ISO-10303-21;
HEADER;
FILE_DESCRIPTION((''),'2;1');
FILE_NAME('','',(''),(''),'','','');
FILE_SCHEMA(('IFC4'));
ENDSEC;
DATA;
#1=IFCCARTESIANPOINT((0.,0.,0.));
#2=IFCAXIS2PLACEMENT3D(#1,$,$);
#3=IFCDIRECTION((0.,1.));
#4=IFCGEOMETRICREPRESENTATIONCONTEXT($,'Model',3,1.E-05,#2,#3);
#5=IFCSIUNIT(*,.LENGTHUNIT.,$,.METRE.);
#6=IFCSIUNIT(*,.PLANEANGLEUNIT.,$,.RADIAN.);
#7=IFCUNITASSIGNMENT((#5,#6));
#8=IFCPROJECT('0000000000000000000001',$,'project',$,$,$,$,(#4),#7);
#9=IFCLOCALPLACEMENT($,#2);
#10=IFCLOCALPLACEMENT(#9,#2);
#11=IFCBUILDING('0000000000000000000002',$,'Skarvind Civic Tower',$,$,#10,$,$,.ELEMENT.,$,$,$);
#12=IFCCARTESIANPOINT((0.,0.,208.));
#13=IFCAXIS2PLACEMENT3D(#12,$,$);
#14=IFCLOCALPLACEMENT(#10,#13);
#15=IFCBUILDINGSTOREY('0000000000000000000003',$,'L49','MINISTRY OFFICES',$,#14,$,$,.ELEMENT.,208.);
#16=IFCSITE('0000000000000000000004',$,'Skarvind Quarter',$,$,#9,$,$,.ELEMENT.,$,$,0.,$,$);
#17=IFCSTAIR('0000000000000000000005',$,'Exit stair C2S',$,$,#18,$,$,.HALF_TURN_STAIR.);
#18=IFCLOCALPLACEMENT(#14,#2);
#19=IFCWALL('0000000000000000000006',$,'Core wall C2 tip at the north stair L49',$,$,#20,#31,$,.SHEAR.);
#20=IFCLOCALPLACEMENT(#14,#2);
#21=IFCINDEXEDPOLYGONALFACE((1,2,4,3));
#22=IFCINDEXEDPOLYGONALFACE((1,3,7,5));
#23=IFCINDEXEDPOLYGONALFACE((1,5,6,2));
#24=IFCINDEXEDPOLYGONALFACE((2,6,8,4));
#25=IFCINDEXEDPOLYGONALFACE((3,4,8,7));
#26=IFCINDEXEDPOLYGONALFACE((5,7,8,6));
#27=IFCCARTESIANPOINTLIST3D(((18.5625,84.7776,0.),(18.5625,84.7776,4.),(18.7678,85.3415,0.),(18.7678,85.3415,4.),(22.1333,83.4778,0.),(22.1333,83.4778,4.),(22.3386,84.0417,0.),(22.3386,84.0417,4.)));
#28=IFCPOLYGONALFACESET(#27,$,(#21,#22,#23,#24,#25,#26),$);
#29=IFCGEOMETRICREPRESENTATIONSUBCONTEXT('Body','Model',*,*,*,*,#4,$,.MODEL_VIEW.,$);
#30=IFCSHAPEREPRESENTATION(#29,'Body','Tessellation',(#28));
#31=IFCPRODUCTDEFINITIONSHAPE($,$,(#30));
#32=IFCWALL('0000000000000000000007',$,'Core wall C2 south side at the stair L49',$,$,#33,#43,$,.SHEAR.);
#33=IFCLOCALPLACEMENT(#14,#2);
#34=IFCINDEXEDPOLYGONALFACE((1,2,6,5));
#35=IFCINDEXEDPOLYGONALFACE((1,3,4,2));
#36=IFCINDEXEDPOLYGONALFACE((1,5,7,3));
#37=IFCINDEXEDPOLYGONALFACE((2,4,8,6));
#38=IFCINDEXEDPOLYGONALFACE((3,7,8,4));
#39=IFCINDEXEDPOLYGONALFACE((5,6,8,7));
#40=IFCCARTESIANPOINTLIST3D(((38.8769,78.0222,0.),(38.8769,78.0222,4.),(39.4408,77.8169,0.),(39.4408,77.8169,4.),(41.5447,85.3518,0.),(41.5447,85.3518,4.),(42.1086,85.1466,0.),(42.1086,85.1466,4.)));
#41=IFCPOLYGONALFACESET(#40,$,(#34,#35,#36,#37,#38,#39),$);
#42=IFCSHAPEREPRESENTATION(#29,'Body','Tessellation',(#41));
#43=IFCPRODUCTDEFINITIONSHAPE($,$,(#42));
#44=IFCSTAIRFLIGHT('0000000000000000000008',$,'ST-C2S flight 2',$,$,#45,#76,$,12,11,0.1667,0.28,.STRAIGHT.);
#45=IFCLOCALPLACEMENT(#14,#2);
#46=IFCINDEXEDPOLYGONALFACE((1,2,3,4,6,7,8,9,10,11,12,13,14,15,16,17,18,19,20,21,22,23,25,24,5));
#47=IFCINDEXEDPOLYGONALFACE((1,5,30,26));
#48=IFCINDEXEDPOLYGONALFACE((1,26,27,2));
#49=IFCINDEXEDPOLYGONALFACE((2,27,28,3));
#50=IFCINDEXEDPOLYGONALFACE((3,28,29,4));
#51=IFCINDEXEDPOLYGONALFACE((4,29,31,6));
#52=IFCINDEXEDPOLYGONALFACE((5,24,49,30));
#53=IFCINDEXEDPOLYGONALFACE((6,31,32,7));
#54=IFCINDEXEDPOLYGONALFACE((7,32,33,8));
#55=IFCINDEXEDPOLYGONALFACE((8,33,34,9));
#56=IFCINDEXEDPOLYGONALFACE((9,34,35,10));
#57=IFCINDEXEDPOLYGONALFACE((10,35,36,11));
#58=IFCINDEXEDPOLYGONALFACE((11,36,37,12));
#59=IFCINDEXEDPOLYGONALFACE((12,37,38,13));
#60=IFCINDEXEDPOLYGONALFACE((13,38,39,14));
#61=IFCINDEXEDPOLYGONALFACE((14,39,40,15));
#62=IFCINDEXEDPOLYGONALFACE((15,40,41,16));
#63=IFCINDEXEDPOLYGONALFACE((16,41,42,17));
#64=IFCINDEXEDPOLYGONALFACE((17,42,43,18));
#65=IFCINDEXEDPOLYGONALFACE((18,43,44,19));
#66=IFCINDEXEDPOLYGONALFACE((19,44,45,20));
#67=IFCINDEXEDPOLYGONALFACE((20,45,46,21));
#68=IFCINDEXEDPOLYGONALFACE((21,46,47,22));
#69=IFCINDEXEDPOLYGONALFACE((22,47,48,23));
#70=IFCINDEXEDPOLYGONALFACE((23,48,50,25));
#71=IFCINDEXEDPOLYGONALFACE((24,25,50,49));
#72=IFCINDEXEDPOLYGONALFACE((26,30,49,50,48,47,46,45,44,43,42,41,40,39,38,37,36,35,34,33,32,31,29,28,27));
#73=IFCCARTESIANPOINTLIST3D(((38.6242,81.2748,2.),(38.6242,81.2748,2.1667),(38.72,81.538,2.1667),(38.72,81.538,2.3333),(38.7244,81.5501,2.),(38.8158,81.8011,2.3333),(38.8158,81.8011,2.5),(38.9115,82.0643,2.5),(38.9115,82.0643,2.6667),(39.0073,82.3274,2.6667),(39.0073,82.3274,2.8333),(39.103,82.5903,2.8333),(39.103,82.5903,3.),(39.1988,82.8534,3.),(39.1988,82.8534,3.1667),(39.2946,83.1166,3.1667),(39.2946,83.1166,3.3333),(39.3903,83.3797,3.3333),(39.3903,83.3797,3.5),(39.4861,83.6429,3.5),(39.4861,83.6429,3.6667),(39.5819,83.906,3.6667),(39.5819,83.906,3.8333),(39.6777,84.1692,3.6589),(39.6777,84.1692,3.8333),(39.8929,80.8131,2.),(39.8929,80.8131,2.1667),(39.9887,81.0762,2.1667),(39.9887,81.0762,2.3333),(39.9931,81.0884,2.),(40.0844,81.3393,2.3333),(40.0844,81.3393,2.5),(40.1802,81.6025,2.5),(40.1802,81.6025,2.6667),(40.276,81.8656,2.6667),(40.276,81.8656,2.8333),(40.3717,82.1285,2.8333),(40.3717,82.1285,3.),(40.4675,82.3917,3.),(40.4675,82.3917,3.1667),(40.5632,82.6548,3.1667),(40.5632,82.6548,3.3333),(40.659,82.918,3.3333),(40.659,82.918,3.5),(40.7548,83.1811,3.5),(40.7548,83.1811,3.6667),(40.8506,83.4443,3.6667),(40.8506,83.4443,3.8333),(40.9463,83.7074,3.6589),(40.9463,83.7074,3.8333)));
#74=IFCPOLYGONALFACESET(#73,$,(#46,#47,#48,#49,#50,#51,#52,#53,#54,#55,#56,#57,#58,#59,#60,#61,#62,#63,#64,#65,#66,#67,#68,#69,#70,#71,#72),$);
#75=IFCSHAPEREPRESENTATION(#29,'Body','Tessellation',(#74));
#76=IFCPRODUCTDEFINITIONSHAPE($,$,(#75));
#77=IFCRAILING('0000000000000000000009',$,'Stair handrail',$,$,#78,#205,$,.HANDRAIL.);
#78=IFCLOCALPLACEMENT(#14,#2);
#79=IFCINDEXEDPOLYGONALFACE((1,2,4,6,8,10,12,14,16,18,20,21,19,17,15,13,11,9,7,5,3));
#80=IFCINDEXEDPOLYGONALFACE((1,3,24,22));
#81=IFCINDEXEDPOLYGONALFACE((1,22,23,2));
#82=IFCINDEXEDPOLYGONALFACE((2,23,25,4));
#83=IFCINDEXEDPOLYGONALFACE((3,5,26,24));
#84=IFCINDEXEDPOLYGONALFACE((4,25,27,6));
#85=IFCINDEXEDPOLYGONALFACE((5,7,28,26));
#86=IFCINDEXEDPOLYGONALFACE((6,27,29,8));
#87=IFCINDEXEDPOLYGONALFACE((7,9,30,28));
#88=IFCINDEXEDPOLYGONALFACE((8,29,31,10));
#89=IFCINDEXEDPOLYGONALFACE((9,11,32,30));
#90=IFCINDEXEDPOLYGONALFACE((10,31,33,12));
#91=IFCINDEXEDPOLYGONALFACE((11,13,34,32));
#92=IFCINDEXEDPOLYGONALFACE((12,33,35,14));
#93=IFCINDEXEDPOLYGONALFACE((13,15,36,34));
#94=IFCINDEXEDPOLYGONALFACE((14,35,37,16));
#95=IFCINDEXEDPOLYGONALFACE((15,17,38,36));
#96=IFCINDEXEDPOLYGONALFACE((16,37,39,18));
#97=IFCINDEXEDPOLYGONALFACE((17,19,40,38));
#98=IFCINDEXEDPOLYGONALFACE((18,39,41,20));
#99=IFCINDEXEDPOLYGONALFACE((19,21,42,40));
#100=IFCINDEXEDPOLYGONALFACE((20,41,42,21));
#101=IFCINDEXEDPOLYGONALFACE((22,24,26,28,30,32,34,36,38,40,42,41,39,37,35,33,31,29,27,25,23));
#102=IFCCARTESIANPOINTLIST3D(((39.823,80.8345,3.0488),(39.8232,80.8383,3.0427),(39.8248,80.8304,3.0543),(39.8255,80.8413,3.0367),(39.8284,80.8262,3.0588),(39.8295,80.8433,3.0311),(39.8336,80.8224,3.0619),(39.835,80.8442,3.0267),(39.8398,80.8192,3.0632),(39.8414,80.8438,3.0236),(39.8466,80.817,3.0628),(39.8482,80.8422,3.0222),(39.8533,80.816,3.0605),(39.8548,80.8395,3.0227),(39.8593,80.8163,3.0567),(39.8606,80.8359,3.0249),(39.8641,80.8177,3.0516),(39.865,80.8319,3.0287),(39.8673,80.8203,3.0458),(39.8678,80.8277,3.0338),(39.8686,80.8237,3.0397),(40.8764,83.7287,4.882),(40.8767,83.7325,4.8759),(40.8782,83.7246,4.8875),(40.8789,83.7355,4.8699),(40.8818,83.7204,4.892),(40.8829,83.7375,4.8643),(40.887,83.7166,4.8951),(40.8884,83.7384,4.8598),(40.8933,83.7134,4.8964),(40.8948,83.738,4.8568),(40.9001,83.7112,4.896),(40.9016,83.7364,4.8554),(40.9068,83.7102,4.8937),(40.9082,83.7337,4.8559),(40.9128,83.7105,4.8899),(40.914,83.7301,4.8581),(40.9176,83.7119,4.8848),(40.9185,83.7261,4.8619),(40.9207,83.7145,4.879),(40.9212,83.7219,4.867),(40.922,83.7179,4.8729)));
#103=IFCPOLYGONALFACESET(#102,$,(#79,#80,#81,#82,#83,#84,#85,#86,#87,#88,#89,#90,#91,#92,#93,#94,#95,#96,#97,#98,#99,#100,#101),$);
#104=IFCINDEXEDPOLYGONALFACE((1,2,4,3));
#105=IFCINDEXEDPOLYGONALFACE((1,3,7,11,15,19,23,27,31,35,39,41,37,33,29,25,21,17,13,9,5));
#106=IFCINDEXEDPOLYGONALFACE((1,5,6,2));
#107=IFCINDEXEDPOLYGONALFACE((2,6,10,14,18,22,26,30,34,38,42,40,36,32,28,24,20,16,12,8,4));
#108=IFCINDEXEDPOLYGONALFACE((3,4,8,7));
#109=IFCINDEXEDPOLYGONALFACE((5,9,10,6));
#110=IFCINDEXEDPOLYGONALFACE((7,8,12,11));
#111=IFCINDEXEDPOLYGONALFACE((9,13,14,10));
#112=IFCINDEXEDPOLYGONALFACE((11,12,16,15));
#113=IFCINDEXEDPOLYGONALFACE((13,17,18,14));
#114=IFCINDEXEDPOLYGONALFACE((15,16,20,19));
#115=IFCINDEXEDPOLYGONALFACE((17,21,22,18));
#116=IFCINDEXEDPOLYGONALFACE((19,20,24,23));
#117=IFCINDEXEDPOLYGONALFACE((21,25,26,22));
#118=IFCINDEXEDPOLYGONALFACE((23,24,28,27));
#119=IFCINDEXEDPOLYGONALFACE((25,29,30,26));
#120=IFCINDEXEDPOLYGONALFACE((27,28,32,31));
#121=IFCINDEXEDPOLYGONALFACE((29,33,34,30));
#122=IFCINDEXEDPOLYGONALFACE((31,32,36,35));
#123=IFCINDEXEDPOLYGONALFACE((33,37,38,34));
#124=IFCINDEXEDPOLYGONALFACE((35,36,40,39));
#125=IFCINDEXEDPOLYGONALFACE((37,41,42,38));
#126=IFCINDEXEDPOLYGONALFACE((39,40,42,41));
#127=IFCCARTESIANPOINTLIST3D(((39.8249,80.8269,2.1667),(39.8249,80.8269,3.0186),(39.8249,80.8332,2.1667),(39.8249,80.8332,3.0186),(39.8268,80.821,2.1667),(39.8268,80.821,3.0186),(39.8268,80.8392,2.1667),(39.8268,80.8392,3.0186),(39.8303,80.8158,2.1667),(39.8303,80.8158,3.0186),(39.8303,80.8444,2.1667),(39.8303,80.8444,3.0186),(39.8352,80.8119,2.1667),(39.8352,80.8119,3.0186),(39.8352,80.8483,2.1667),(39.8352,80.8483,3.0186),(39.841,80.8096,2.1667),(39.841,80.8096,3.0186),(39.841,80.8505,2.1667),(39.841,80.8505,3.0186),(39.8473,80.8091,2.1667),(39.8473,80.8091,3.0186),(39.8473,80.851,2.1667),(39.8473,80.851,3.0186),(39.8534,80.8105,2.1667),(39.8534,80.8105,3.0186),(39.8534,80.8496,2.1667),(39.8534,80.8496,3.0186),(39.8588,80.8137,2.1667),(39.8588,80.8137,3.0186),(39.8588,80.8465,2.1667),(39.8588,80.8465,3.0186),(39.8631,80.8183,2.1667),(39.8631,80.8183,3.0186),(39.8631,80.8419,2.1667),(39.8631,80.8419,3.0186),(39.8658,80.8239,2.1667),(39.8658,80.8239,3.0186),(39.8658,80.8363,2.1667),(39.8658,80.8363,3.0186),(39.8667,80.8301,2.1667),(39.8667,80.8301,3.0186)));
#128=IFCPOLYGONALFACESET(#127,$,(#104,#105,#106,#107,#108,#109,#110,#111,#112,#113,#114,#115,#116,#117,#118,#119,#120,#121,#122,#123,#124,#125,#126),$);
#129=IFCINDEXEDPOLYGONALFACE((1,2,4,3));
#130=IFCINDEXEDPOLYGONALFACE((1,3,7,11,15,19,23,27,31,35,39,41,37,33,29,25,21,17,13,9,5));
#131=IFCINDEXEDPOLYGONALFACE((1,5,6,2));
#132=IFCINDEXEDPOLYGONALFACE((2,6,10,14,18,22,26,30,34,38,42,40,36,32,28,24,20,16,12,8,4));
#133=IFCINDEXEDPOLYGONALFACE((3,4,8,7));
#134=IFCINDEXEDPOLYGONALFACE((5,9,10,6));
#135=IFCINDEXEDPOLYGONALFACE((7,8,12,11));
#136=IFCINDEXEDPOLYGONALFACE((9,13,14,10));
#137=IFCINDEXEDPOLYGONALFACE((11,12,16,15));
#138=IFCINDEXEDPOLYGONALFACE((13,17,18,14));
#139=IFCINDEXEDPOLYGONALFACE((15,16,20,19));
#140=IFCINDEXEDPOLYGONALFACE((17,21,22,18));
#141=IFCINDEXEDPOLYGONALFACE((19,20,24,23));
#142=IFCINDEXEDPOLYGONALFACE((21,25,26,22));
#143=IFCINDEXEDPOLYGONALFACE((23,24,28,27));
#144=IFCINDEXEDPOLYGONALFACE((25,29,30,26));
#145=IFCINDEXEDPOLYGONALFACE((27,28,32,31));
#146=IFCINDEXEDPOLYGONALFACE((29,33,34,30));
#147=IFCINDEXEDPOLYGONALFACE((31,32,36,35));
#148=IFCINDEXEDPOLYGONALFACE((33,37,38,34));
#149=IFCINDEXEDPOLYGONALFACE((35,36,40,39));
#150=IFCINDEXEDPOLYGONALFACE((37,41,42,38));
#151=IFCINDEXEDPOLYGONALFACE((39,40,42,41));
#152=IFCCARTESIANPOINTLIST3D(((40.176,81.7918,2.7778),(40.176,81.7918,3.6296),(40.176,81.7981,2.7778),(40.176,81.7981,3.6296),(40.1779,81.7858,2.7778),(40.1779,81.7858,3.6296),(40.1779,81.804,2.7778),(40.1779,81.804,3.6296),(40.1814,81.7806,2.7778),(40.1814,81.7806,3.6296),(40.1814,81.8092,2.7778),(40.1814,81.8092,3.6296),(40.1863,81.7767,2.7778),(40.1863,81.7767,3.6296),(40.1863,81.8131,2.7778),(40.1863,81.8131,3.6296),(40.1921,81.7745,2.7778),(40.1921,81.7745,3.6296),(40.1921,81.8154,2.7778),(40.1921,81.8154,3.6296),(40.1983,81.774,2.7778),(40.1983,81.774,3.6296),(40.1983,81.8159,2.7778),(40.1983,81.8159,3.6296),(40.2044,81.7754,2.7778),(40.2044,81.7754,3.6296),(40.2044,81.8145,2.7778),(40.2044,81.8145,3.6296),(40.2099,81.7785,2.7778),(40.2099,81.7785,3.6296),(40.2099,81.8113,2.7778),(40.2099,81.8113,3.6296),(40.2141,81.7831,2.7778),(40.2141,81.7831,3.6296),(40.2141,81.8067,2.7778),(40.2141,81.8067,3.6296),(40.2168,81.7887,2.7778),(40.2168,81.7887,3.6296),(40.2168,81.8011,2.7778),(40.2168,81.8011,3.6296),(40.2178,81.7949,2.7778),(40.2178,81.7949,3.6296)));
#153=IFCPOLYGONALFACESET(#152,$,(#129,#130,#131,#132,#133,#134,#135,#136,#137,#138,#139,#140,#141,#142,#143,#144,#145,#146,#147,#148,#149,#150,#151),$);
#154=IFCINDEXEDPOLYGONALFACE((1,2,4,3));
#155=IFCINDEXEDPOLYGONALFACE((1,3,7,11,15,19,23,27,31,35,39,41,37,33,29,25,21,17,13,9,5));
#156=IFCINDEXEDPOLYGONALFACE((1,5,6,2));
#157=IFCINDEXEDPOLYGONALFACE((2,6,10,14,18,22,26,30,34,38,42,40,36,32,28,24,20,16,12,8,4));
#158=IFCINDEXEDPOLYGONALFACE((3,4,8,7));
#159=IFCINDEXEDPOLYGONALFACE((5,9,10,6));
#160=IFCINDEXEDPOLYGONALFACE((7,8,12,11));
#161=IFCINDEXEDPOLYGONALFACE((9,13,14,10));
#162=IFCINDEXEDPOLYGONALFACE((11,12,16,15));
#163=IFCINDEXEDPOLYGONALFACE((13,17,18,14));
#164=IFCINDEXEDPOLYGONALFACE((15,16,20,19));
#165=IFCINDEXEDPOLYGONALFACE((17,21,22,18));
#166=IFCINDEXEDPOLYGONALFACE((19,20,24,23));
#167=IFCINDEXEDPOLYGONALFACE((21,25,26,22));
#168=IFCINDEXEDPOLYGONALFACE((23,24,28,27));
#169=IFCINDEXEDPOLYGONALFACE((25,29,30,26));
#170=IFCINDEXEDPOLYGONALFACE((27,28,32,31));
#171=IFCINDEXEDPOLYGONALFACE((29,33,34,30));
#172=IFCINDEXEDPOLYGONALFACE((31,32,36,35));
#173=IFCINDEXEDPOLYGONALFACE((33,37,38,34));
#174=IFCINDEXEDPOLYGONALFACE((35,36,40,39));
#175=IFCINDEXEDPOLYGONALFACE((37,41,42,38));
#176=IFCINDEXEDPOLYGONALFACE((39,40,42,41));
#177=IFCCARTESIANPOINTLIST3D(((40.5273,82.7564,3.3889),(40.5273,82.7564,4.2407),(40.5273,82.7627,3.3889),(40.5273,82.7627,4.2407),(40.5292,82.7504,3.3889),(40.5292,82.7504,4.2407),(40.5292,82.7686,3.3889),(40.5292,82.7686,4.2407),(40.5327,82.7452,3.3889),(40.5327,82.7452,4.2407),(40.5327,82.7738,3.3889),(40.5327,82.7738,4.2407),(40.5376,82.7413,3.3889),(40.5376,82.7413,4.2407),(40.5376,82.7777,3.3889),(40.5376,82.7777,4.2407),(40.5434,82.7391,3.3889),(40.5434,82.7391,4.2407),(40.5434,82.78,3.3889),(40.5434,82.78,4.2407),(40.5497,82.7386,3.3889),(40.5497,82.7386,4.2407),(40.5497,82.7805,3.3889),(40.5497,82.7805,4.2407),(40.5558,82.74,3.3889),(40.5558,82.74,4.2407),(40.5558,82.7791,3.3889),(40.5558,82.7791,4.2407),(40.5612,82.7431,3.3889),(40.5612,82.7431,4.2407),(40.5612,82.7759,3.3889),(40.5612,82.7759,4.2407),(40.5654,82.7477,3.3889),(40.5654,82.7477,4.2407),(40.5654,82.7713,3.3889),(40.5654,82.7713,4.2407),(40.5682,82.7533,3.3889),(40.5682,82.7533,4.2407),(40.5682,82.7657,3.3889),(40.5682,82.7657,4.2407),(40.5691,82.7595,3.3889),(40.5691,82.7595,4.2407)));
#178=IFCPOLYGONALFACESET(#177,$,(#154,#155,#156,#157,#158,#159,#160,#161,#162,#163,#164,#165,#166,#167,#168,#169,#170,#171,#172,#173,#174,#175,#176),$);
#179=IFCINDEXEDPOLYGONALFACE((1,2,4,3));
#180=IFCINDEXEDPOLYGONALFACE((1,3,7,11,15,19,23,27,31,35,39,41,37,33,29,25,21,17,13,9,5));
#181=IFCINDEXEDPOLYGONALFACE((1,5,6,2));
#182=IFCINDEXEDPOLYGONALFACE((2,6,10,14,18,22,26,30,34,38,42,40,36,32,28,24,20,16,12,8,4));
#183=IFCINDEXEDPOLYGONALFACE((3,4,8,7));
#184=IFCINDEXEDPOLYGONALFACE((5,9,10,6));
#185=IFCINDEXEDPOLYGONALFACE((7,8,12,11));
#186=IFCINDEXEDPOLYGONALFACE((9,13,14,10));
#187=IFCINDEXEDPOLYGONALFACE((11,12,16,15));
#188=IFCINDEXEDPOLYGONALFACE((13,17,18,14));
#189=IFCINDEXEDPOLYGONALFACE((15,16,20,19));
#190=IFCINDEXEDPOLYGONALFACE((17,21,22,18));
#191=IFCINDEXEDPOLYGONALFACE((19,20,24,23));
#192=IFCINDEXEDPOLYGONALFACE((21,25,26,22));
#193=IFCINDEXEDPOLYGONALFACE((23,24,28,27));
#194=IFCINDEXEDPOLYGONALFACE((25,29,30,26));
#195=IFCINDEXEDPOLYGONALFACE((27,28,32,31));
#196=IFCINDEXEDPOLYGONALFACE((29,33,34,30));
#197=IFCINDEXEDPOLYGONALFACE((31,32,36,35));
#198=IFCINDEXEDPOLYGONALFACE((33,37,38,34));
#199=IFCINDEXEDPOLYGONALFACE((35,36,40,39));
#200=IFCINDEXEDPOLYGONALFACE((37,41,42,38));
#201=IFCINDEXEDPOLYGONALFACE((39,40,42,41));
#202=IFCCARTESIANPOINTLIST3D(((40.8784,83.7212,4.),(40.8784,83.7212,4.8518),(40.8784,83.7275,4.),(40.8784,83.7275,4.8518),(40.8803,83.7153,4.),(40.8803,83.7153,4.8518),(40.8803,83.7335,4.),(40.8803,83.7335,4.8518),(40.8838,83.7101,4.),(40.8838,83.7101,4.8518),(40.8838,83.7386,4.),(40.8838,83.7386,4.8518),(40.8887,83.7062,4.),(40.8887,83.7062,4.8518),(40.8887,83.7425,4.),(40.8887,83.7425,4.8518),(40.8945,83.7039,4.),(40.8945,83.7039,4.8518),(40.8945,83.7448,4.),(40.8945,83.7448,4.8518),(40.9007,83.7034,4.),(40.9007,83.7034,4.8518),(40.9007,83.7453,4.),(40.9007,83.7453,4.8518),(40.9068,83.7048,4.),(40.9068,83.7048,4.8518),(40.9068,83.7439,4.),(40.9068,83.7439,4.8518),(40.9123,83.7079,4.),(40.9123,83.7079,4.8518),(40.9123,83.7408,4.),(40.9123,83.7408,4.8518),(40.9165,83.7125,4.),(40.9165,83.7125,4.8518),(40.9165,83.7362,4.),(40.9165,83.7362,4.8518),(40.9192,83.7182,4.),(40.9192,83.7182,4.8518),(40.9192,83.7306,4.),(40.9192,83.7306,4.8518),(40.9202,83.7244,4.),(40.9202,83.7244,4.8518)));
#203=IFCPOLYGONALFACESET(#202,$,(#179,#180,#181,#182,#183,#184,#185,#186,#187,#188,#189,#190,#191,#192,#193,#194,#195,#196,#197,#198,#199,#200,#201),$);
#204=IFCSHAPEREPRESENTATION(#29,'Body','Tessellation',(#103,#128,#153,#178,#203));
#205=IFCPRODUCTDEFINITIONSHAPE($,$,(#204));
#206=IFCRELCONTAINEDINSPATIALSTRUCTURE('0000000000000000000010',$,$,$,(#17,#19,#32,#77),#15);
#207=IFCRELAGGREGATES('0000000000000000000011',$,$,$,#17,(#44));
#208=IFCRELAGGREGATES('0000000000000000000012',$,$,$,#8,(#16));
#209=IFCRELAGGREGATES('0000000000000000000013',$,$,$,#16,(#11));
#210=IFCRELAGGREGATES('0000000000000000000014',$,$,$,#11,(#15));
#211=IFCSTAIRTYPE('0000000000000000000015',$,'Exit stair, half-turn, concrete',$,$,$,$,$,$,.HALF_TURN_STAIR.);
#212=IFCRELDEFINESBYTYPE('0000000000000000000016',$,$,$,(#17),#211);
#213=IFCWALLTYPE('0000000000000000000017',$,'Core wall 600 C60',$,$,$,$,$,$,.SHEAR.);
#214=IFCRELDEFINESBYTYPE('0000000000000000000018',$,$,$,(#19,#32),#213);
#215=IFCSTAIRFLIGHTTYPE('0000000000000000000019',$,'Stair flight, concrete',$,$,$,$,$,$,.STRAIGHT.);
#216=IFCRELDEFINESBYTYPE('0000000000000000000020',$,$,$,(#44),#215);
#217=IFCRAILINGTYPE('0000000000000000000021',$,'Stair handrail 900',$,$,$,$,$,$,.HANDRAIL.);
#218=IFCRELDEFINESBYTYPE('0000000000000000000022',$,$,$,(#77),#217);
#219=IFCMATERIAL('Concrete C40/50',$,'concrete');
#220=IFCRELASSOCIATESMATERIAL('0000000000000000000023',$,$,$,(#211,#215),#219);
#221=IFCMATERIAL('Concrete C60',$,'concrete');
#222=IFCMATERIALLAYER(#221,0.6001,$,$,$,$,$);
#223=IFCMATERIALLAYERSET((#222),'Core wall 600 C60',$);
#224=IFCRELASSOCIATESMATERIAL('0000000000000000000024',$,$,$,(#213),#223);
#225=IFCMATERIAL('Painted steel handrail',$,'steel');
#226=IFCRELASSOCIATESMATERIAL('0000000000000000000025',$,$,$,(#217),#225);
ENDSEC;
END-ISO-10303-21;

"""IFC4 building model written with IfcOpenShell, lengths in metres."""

from ifc_helpers import new_model, si_unit, direction, frame, frame_2d, origin, origin_2d, place, context, subcontext, project, spatial, polyline, rectangle, circle, outline, extrude, material, layer, layer_set, type_object, element, aggregate, save


model = new_model("IFC4")

# Units and contexts
model_context = context("Model", 3, precision=1e-05, world=origin(), true_north=direction((0.0, 1.0)))
body_context = subcontext(model_context, "Body", "Model", "MODEL_VIEW")
ifc_project = project(units=[si_unit("LENGTHUNIT", "METRE"), si_unit("PLANEANGLEUNIT", "RADIAN")], contexts=[model_context])

# Site, building, storey
site_placement = place(None, origin())
site = spatial("IfcSite", under=ifc_project, at=site_placement, Name="Skarvind Quarter", CompositionType="ELEMENT", RefElevation=0.0)
building_placement = place(site_placement, origin())
building = spatial("IfcBuilding", under=site, at=building_placement, Name="Skarvind Civic Tower", CompositionType="ELEMENT")
storey_placement = place(building_placement, frame((0.0, 0.0, 208.0)))
storey = spatial("IfcBuildingStorey", under=building, at=storey_placement, Name="L49", Description="MINISTRY OFFICES", CompositionType="ELEMENT", Elevation=208.0)

# Shared definitions
ifc_material_1 = material(Name="Concrete C40/50", Category="concrete")

# Stair
stair_type_1 = type_object("IfcStairType", Name="Exit stair, half-turn, concrete", PredefinedType="HALF_TURN_STAIR", material=ifc_material_1)
stair_1_placement = place(storey_placement, origin())
stair_1 = element("IfcStair", 1, at=stair_1_placement, inside=storey, type_object=stair_type_1, Name="Exit stair C2S", PredefinedType="HALF_TURN_STAIR")

# Shared definitions
ifc_material_2 = material(Name="Concrete C60", Category="concrete")

# Walls
ifc_layer_1 = layer(ifc_material_2, 0.6001)
ifc_layer_set_1 = layer_set([ifc_layer_1], Name="Core wall 600 C60")
wall_type_1 = type_object("IfcWallType", Name="Core wall 600 C60", PredefinedType="SHEAR", material=ifc_layer_set_1)
for number, where, z_axis, x_axis, name in (
    (2, (22.2358, 83.7598, 0.0), (0.0, 0.0, 1.0), (-0.939681, 0.342053, 0.0), "Core wall C2 tip at the north stair L49"),
):
    element("IfcWall", number, at=place(storey_placement, frame(where, z_axis=z_axis, x_axis=x_axis)), inside=storey, type_object=wall_type_1, Name=name, PredefinedType="SHEAR", context=body_context, shape_type="SweptSolid", body=[
        extrude(rectangle(XDim=3.8, YDim=0.6001, at=frame_2d((1.8999, 0.0))), origin(), (0.0, 0.0, 1.0), 4.0),
    ])
wall_1_placement = place(storey_placement, frame((39.1589, 77.9197, 0.0), z_axis=(0.0, 0.0, 1.0), x_axis=(0.342017, 0.939694, 0.0)))
element("IfcWall", 3, at=wall_1_placement, inside=storey, type_object=wall_type_1, Name="Core wall C2 south side at the stair L49", PredefinedType="SHEAR", context=body_context, shape_type="SweptSolid", body=[
    extrude(rectangle(XDim=7.8, YDim=0.6001, at=frame_2d((3.8999, 0.0))), origin(), (0.0, 0.0, 1.0), 4.0),
])

# Stair flight
stair_flight_type = type_object("IfcStairFlightType", Name="Stair flight, concrete", PredefinedType="STRAIGHT", material=ifc_material_1)
stair_flight_placement = place(storey_placement, frame((39.2585, 81.0439, 2.0), z_axis=(0.0, 0.0, 1.0), x_axis=(0.34202, 0.939693, 0.0)))
stair_flight = element("IfcStairFlight", 4, at=stair_flight_placement, type_object=stair_flight_type, Name="ST-C2S flight 2", NumberOfRisers=12, NumberOfTreads=11, PredefinedType="STRAIGHT", RiserHeight=0.1667, TreadLength=0.28, context=body_context, shape_type="SweptSolid", body=[
    extrude(outline(polyline([(0.0, 0.0), (0.0, 0.1667), (0.28, 0.1667), (0.28, 0.3333), (0.5601, 0.3333), (0.5601, 0.5), (0.8401, 0.5), (0.8401, 0.6667), (1.1201, 0.6667), (1.1201, 0.8333), (1.3999, 0.8333), (1.3999, 1.0), (1.6799, 1.0), (1.6799, 1.1667), (1.96, 1.1667), (1.96, 1.3333), (2.24, 1.3333), (2.24, 1.5), (2.52, 1.5), (2.52, 1.6667), (2.8, 1.6667), (2.8, 1.8333), (3.0801, 1.8333), (3.0801, 2.0), (3.0801, 1.6589), (0.293, 0.0), (0.0, 0.0)])), frame((0.0, 0.675, 0.0), z_axis=(0.0, -1.0, 0.0), x_axis=(1.0, 0.0, 0.0)), (0.0, 0.0, 1.0), 1.3501),
])
aggregate(stair_1, [stair_flight])

# Railing
ifc_material_3 = material(Name="Painted steel handrail", Category="steel")
railing_type = type_object("IfcRailingType", Name="Stair handrail 900", PredefinedType="HANDRAIL", material=ifc_material_3)
railing_placement = place(storey_placement, frame((39.8457, 80.8301, 2.1667)))
element("IfcRailing", 5, at=railing_placement, inside=storey, type_object=railing_type, Name="Stair handrail", PredefinedType="HANDRAIL", context=body_context, shape_type="SweptSolid", body=[
    extrude(circle(Radius=0.0239, at=origin_2d()), frame((0.0, 0.0, 0.876), z_axis=(0.293908, 0.807481, 0.511461), x_axis=(-0.939689, 0.342029, 0.0)), (0.0, 0.0, 1.0), 3.5842),
    extrude(circle(Radius=0.021, at=origin_2d()), origin(), (0.0, 0.0, 1.0), 0.8518),
    extrude(circle(Radius=0.021, at=origin_2d()), frame((0.3511, 0.9648, 0.6111)), (0.0, 0.0, 1.0), 0.8518),
    extrude(circle(Radius=0.021, at=origin_2d()), frame((0.7024, 1.9294, 1.2222)), (0.0, 0.0, 1.0), 0.8518),
    extrude(circle(Radius=0.021, at=origin_2d()), frame((1.0535, 2.8943, 1.8333)), (0.0, 0.0, 1.0), 0.8518),
])

save(model, "model.ifc")
